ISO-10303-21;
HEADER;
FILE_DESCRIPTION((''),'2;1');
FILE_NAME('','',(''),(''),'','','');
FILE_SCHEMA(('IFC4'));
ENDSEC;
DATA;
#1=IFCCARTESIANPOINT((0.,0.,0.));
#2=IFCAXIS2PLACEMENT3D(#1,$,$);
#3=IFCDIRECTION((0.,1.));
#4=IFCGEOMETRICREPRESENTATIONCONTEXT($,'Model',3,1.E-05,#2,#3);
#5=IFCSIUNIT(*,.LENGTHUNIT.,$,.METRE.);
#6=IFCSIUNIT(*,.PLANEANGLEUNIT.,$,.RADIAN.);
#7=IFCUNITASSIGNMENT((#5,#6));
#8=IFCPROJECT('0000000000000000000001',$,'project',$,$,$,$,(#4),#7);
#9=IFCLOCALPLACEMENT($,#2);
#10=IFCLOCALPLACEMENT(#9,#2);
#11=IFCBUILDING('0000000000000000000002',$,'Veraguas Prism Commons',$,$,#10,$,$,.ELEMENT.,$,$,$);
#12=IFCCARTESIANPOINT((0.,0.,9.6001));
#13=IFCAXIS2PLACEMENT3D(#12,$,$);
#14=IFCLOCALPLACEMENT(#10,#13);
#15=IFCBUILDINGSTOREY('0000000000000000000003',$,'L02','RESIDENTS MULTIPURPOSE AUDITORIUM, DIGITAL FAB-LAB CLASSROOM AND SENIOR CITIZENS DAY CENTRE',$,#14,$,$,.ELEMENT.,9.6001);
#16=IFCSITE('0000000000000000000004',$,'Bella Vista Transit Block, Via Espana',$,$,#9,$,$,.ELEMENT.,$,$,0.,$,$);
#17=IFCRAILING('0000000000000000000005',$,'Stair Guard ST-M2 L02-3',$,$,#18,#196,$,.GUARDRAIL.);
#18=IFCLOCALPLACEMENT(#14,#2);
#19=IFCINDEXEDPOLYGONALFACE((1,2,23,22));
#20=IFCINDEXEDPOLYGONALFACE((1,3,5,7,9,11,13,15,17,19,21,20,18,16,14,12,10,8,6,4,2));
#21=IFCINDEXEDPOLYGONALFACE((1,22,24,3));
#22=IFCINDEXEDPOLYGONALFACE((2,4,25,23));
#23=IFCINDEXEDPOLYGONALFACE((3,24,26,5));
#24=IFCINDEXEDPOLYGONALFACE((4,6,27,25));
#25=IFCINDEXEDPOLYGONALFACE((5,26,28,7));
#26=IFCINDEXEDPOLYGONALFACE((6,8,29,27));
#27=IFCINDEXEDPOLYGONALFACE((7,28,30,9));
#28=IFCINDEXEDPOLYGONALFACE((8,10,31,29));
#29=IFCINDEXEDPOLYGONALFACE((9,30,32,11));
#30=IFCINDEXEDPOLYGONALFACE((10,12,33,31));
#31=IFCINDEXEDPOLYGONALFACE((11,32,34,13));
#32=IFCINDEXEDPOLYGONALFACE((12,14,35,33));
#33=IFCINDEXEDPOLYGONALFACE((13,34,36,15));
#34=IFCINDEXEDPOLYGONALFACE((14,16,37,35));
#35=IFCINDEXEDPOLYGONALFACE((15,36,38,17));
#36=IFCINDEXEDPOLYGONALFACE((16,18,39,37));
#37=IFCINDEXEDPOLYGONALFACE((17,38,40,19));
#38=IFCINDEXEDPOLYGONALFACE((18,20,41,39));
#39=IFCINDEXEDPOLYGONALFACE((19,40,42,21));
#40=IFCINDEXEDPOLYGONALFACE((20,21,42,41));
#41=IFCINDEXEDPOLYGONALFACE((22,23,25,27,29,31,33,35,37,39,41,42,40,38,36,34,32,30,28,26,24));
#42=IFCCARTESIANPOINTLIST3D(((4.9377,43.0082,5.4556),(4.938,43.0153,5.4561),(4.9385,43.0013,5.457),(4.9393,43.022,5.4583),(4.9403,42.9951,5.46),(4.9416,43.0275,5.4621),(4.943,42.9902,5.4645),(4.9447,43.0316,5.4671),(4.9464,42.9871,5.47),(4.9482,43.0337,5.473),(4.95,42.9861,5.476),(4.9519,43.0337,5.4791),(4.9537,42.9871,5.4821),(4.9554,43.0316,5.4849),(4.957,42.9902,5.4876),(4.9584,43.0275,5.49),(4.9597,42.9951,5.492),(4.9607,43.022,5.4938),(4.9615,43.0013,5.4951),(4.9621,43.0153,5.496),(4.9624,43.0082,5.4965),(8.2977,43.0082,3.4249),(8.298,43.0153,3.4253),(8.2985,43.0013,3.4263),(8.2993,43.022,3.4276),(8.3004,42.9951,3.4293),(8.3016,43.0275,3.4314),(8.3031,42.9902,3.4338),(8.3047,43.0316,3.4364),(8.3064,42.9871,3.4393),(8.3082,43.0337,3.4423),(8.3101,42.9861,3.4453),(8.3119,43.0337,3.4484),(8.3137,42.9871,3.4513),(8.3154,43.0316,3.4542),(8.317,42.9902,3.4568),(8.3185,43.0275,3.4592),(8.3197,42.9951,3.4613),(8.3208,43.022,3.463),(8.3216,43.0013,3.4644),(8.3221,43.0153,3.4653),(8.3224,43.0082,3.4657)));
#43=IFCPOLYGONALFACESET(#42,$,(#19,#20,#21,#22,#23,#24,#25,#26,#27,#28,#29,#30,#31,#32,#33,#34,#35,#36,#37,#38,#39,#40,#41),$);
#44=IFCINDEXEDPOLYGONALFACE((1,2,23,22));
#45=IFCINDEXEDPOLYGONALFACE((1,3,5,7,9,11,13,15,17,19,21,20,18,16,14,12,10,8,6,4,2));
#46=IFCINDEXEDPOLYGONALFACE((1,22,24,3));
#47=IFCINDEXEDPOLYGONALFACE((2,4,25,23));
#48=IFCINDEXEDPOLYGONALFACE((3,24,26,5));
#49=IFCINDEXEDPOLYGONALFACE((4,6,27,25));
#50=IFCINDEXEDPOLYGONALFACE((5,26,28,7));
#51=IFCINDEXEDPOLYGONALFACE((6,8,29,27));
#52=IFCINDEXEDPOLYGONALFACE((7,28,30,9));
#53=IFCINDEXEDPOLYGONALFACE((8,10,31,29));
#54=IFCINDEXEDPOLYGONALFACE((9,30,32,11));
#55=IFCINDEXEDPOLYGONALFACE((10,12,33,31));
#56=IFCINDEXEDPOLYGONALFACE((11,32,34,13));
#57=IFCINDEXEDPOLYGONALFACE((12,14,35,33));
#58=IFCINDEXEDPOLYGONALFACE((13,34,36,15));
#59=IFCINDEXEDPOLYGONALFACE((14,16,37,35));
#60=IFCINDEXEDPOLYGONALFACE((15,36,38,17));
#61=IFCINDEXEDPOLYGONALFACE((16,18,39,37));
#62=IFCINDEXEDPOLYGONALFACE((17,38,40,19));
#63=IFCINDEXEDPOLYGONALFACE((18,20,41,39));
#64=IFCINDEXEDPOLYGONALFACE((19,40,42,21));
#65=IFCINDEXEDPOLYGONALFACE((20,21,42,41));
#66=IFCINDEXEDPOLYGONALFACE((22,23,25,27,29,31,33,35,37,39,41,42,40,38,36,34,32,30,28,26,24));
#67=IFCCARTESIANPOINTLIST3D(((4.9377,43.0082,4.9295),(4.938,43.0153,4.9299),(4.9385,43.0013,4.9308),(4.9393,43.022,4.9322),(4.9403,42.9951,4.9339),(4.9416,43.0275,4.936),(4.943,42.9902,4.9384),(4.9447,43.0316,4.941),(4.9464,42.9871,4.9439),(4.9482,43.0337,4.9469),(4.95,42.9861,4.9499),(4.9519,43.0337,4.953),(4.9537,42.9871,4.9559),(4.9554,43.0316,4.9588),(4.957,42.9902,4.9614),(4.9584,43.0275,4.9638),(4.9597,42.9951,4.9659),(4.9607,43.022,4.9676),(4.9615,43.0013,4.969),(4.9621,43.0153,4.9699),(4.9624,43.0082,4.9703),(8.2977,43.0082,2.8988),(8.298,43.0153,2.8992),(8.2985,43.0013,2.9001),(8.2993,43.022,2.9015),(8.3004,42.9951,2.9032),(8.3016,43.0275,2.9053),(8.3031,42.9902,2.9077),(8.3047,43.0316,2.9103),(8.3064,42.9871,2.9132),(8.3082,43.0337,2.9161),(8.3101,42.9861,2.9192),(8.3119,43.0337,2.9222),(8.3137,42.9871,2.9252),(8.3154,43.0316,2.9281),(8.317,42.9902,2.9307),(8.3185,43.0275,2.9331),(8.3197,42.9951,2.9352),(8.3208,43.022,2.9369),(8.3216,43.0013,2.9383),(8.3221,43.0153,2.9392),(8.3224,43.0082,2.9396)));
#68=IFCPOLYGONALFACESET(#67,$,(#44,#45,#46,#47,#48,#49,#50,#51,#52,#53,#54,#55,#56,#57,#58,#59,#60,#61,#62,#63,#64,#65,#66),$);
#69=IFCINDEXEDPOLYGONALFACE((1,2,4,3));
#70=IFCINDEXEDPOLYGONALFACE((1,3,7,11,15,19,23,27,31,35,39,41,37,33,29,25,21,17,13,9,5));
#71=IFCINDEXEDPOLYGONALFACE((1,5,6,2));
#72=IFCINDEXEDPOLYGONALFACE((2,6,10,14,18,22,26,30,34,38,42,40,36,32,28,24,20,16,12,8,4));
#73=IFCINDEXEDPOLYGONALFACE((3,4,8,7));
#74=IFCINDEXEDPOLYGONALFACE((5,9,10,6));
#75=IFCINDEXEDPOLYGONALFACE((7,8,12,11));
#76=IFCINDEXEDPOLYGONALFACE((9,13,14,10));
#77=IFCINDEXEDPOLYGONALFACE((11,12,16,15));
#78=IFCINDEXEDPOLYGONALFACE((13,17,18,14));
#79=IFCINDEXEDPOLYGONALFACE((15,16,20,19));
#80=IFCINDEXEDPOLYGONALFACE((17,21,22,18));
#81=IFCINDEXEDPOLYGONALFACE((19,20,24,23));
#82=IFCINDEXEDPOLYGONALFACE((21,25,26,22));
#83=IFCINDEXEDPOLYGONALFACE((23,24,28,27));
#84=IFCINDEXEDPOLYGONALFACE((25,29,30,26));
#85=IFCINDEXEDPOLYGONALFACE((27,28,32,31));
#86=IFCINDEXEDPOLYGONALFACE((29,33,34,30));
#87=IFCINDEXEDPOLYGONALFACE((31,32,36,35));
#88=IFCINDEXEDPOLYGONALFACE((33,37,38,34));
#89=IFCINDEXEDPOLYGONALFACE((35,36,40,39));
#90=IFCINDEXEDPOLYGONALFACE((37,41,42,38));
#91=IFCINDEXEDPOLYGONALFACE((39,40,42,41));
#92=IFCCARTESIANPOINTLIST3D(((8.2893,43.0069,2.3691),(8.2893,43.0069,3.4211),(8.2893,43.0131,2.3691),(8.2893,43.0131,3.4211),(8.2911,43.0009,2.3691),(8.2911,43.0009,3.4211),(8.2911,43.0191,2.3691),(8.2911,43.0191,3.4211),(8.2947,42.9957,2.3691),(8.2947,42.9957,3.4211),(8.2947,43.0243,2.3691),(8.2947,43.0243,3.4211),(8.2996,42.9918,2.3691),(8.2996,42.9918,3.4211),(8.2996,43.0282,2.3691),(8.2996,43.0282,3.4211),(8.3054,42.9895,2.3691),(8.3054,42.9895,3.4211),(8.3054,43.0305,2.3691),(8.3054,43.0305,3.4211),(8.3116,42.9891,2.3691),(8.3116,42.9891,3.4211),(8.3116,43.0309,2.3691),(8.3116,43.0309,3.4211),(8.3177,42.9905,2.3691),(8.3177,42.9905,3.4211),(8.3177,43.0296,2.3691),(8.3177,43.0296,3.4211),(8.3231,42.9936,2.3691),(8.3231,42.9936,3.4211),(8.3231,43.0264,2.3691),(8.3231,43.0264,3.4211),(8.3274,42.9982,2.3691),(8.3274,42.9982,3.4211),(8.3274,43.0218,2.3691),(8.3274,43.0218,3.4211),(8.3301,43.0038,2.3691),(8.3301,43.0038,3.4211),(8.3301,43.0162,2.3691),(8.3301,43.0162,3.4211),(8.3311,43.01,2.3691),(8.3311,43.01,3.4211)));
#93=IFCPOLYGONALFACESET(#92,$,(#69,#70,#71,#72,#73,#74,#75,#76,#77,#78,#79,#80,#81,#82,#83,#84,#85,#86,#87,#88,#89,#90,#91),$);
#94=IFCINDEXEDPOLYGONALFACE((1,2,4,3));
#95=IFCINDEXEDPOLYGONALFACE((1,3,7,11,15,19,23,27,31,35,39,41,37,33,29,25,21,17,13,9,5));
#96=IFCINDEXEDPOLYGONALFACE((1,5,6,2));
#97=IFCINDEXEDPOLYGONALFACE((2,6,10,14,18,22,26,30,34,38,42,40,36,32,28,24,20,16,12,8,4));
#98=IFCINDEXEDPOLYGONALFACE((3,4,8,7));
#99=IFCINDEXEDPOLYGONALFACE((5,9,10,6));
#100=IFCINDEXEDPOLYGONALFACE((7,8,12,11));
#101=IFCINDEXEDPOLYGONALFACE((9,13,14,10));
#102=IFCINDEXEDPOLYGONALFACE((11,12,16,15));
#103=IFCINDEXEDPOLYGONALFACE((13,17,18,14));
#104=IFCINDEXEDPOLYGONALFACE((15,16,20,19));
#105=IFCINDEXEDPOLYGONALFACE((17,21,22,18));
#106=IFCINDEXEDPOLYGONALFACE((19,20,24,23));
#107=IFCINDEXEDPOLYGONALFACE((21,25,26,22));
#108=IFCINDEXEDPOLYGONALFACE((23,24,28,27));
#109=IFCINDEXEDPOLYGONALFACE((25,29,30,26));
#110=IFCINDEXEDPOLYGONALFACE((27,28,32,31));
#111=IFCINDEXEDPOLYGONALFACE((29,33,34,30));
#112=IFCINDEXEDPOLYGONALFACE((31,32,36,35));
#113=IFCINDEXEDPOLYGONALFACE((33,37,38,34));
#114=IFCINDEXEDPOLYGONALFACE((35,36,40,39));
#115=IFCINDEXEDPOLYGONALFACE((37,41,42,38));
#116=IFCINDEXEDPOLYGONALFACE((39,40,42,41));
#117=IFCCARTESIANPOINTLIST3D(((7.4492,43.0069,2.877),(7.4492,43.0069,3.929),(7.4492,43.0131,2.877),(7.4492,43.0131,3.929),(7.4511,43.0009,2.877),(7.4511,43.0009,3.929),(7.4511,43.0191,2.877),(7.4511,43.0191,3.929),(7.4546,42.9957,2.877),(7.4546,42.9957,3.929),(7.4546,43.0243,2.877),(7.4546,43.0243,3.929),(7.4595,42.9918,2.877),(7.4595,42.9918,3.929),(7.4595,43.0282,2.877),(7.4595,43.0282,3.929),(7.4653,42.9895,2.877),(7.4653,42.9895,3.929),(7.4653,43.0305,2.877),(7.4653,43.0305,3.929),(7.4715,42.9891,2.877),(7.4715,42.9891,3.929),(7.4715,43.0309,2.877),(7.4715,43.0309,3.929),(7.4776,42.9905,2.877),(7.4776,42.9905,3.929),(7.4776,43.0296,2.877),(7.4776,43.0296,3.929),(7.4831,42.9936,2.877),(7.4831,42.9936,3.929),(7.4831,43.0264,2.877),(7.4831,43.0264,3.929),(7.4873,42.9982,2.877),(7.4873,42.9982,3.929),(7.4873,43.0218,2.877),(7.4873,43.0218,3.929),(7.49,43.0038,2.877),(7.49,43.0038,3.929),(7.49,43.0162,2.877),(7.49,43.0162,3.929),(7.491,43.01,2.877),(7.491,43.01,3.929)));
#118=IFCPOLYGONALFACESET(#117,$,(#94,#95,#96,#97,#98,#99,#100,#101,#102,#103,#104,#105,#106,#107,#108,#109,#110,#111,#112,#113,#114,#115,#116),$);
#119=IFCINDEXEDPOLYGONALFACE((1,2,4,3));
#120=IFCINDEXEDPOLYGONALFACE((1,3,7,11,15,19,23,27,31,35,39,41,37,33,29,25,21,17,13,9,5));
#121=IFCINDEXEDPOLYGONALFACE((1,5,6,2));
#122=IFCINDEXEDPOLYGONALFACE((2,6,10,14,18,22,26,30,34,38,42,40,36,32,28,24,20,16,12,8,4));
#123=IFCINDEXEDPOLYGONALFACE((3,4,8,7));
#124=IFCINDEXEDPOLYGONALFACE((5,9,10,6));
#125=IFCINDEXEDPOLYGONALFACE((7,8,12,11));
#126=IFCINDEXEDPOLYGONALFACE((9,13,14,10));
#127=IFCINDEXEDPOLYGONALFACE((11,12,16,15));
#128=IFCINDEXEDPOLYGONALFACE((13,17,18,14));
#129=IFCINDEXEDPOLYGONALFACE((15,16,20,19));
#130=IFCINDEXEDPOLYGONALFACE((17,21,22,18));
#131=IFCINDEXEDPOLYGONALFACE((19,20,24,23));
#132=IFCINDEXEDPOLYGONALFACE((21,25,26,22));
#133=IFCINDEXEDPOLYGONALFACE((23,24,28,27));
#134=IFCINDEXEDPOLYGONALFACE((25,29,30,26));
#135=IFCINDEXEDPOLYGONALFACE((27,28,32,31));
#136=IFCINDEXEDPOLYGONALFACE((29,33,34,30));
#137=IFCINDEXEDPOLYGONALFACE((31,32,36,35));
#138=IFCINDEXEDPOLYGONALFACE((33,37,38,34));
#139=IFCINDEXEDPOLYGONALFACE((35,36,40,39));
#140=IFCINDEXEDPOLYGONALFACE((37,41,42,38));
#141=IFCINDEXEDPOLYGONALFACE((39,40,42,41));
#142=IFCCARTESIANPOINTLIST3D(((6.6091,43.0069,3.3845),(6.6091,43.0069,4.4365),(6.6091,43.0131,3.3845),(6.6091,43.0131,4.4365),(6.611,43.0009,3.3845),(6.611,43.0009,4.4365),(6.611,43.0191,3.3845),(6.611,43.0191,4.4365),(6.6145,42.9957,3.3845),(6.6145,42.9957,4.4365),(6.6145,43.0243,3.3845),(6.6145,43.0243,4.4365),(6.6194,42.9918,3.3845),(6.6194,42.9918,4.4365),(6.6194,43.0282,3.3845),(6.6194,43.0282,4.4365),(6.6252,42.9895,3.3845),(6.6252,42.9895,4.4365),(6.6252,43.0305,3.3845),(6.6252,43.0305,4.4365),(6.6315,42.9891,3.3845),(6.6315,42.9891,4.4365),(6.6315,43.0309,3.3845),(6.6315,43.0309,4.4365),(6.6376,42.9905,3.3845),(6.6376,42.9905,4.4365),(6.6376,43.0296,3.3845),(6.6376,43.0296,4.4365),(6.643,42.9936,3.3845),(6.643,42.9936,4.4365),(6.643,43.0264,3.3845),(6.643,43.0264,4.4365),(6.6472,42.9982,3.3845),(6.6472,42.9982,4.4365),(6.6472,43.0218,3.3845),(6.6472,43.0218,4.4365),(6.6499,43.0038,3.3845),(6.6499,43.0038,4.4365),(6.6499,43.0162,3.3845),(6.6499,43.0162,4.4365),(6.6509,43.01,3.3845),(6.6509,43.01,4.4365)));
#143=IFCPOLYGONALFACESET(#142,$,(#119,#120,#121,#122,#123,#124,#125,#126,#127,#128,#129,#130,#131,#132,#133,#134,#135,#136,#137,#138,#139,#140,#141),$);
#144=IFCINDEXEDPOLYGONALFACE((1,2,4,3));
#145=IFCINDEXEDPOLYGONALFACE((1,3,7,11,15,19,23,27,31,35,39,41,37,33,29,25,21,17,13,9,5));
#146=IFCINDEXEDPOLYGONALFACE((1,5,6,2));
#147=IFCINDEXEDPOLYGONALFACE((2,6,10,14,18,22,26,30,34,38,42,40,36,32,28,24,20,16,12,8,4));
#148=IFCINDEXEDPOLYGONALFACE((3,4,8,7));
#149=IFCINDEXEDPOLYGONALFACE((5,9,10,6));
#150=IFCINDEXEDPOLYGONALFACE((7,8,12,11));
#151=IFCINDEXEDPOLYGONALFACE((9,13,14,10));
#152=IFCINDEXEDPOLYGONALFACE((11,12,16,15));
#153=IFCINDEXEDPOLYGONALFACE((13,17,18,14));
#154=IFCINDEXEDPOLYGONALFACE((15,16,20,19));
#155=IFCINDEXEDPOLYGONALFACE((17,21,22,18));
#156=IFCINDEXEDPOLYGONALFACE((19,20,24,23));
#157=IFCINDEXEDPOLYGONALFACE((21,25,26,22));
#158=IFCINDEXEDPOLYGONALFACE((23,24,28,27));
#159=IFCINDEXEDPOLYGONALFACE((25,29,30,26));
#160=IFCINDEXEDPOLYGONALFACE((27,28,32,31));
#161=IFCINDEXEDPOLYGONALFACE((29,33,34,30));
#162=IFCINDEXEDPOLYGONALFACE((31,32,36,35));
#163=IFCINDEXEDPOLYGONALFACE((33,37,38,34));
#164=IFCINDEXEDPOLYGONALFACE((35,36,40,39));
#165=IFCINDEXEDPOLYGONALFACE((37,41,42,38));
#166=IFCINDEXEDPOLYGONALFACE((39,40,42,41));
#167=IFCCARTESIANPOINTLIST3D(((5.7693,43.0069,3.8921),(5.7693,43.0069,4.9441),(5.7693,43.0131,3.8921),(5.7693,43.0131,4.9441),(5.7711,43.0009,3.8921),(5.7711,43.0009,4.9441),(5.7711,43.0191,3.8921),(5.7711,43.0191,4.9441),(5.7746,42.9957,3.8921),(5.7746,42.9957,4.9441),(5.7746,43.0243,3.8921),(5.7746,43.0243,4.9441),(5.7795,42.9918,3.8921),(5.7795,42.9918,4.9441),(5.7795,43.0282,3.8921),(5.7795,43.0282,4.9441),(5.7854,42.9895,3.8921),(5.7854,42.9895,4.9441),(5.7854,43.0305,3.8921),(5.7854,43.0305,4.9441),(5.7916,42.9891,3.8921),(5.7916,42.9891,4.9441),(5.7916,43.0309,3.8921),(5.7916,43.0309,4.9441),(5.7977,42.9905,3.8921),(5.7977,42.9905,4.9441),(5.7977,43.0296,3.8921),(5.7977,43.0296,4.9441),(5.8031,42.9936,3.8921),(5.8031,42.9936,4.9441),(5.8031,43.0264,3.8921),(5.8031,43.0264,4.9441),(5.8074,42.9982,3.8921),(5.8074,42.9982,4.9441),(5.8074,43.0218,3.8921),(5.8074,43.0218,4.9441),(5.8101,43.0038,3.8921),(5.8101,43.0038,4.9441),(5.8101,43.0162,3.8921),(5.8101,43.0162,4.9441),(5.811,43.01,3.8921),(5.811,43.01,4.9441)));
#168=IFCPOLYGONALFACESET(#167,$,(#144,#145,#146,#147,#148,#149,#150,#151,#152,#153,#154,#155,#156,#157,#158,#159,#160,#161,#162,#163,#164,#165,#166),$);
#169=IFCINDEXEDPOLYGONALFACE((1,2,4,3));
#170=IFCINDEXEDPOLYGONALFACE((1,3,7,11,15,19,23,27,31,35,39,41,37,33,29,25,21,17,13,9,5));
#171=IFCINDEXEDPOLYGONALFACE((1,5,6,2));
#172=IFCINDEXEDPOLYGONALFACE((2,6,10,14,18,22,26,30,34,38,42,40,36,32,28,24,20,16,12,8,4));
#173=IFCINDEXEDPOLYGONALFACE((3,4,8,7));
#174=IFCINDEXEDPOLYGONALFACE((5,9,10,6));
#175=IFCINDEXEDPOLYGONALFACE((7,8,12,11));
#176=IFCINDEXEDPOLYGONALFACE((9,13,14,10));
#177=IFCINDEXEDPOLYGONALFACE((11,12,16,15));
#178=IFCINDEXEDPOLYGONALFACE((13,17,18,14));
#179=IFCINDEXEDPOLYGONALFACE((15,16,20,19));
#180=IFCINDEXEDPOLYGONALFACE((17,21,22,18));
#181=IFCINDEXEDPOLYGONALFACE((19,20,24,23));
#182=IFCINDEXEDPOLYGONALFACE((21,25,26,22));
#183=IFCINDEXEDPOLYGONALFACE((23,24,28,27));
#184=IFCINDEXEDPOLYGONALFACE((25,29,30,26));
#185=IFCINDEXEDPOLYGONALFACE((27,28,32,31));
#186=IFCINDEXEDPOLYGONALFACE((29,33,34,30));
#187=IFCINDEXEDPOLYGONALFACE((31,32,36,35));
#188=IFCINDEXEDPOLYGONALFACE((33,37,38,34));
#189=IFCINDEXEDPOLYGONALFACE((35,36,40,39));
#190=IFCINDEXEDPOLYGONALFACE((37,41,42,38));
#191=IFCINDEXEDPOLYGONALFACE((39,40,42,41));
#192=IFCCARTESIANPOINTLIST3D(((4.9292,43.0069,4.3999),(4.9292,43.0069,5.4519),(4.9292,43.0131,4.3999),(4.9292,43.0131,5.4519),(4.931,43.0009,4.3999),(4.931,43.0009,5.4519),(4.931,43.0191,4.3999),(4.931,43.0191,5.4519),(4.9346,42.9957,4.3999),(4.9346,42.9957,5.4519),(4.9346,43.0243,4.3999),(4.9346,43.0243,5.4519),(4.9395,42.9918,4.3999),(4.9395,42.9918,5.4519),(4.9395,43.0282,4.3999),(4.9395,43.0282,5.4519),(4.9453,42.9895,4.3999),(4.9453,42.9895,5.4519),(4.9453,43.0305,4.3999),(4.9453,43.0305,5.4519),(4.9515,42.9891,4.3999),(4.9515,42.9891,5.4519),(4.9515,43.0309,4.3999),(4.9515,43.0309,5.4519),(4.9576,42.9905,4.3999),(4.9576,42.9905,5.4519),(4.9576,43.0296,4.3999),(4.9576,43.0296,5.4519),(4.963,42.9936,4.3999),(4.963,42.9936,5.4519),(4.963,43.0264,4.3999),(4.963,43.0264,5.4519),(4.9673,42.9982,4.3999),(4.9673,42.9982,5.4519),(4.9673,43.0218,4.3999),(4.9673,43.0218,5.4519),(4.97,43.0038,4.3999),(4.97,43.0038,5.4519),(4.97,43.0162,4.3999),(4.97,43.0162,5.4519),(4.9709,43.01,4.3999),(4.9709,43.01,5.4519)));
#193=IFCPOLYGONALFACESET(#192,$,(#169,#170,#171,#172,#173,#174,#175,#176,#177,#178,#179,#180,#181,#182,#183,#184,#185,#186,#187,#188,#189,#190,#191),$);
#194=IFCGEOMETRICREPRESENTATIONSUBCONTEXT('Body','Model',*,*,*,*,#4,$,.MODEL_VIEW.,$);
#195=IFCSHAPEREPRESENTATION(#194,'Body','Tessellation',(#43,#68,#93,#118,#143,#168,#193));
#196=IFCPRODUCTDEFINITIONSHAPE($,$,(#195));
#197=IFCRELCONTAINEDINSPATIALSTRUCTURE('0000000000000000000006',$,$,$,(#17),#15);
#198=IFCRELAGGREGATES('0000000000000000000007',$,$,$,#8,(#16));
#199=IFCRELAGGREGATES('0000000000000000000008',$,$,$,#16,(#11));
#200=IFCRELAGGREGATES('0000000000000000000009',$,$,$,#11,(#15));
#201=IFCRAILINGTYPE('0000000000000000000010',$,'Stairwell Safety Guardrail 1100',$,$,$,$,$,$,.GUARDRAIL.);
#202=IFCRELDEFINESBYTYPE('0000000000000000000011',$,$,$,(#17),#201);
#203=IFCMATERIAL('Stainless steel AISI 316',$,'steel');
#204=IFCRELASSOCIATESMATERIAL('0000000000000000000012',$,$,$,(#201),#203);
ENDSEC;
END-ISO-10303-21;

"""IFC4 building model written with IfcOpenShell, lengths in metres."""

from ifc_helpers import new_model, si_unit, direction, frame, origin, origin_2d, place, context, subcontext, project, spatial, circle, extrude, material, type_object, element, save


model = new_model("IFC4")

# Units and contexts
model_context = context("Model", 3, precision=1e-05, world=origin(), true_north=direction((0.0, 1.0)))
body_context = subcontext(model_context, "Body", "Model", "MODEL_VIEW")
ifc_project = project(units=[si_unit("LENGTHUNIT", "METRE"), si_unit("PLANEANGLEUNIT", "RADIAN")], contexts=[model_context])

# Site, building, storey
site_placement = place(None, origin())
site = spatial("IfcSite", under=ifc_project, at=site_placement, Name="Bella Vista Transit Block, Via Espana", CompositionType="ELEMENT", RefElevation=0.0)
building_placement = place(site_placement, origin())
building = spatial("IfcBuilding", under=site, at=building_placement, Name="Veraguas Prism Commons", CompositionType="ELEMENT")
storey_placement = place(building_placement, frame((0.0, 0.0, 9.6001)))
storey = spatial("IfcBuildingStorey", under=building, at=storey_placement, Name="L02", Description="RESIDENTS MULTIPURPOSE AUDITORIUM, DIGITAL FAB-LAB CLASSROOM AND SENIOR CITIZENS DAY CENTRE", CompositionType="ELEMENT", Elevation=9.6001)

# Railing
ifc_material_1 = material(Name="Stainless steel AISI 316", Category="steel")
railing_type_1 = type_object("IfcRailingType", Name="Stairwell Safety Guardrail 1100", PredefinedType="GUARDRAIL", material=ifc_material_1)
railing_1_placement = place(storey_placement, frame((8.3101, 43.01, 2.3691)))
element("IfcRailing", 1, at=railing_1_placement, inside=storey, type_object=railing_type_1, Name="Stair Guard ST-M2 L02-3", PredefinedType="GUARDRAIL", context=body_context, shape_type="SweptSolid", body=[
    extrude(circle(Radius=0.0239, at=origin_2d()), frame((0.0, 0.0, 1.0762), z_axis=(-0.855837, 0.0, 0.517246), x_axis=(0.0, -1.0, 0.0)), (0.0, 0.0, 1.0), 3.926),
    extrude(circle(Radius=0.0239, at=origin_2d()), frame((0.0, 0.0, 0.55), z_axis=(-0.855837, 0.0, 0.517246), x_axis=(0.0, -1.0, 0.0)), (0.0, 0.0, 1.0), 3.926),
    extrude(circle(Radius=0.021, at=origin_2d()), origin(), (0.0, 0.0, 1.0), 1.052),
    extrude(circle(Radius=0.021, at=origin_2d()), frame((-0.8401, 0.0, 0.5078)), (0.0, 0.0, 1.0), 1.052),
    extrude(circle(Radius=0.021, at=origin_2d()), frame((-1.6802, 0.0, 1.0154)), (0.0, 0.0, 1.0), 1.052),
    extrude(circle(Radius=0.021, at=origin_2d()), frame((-2.52, 0.0, 1.5229)), (0.0, 0.0, 1.0), 1.052),
    extrude(circle(Radius=0.021, at=origin_2d()), frame((-3.3601, 0.0, 2.0308)), (0.0, 0.0, 1.0), 1.052),
])

save(model, "model.ifc")
